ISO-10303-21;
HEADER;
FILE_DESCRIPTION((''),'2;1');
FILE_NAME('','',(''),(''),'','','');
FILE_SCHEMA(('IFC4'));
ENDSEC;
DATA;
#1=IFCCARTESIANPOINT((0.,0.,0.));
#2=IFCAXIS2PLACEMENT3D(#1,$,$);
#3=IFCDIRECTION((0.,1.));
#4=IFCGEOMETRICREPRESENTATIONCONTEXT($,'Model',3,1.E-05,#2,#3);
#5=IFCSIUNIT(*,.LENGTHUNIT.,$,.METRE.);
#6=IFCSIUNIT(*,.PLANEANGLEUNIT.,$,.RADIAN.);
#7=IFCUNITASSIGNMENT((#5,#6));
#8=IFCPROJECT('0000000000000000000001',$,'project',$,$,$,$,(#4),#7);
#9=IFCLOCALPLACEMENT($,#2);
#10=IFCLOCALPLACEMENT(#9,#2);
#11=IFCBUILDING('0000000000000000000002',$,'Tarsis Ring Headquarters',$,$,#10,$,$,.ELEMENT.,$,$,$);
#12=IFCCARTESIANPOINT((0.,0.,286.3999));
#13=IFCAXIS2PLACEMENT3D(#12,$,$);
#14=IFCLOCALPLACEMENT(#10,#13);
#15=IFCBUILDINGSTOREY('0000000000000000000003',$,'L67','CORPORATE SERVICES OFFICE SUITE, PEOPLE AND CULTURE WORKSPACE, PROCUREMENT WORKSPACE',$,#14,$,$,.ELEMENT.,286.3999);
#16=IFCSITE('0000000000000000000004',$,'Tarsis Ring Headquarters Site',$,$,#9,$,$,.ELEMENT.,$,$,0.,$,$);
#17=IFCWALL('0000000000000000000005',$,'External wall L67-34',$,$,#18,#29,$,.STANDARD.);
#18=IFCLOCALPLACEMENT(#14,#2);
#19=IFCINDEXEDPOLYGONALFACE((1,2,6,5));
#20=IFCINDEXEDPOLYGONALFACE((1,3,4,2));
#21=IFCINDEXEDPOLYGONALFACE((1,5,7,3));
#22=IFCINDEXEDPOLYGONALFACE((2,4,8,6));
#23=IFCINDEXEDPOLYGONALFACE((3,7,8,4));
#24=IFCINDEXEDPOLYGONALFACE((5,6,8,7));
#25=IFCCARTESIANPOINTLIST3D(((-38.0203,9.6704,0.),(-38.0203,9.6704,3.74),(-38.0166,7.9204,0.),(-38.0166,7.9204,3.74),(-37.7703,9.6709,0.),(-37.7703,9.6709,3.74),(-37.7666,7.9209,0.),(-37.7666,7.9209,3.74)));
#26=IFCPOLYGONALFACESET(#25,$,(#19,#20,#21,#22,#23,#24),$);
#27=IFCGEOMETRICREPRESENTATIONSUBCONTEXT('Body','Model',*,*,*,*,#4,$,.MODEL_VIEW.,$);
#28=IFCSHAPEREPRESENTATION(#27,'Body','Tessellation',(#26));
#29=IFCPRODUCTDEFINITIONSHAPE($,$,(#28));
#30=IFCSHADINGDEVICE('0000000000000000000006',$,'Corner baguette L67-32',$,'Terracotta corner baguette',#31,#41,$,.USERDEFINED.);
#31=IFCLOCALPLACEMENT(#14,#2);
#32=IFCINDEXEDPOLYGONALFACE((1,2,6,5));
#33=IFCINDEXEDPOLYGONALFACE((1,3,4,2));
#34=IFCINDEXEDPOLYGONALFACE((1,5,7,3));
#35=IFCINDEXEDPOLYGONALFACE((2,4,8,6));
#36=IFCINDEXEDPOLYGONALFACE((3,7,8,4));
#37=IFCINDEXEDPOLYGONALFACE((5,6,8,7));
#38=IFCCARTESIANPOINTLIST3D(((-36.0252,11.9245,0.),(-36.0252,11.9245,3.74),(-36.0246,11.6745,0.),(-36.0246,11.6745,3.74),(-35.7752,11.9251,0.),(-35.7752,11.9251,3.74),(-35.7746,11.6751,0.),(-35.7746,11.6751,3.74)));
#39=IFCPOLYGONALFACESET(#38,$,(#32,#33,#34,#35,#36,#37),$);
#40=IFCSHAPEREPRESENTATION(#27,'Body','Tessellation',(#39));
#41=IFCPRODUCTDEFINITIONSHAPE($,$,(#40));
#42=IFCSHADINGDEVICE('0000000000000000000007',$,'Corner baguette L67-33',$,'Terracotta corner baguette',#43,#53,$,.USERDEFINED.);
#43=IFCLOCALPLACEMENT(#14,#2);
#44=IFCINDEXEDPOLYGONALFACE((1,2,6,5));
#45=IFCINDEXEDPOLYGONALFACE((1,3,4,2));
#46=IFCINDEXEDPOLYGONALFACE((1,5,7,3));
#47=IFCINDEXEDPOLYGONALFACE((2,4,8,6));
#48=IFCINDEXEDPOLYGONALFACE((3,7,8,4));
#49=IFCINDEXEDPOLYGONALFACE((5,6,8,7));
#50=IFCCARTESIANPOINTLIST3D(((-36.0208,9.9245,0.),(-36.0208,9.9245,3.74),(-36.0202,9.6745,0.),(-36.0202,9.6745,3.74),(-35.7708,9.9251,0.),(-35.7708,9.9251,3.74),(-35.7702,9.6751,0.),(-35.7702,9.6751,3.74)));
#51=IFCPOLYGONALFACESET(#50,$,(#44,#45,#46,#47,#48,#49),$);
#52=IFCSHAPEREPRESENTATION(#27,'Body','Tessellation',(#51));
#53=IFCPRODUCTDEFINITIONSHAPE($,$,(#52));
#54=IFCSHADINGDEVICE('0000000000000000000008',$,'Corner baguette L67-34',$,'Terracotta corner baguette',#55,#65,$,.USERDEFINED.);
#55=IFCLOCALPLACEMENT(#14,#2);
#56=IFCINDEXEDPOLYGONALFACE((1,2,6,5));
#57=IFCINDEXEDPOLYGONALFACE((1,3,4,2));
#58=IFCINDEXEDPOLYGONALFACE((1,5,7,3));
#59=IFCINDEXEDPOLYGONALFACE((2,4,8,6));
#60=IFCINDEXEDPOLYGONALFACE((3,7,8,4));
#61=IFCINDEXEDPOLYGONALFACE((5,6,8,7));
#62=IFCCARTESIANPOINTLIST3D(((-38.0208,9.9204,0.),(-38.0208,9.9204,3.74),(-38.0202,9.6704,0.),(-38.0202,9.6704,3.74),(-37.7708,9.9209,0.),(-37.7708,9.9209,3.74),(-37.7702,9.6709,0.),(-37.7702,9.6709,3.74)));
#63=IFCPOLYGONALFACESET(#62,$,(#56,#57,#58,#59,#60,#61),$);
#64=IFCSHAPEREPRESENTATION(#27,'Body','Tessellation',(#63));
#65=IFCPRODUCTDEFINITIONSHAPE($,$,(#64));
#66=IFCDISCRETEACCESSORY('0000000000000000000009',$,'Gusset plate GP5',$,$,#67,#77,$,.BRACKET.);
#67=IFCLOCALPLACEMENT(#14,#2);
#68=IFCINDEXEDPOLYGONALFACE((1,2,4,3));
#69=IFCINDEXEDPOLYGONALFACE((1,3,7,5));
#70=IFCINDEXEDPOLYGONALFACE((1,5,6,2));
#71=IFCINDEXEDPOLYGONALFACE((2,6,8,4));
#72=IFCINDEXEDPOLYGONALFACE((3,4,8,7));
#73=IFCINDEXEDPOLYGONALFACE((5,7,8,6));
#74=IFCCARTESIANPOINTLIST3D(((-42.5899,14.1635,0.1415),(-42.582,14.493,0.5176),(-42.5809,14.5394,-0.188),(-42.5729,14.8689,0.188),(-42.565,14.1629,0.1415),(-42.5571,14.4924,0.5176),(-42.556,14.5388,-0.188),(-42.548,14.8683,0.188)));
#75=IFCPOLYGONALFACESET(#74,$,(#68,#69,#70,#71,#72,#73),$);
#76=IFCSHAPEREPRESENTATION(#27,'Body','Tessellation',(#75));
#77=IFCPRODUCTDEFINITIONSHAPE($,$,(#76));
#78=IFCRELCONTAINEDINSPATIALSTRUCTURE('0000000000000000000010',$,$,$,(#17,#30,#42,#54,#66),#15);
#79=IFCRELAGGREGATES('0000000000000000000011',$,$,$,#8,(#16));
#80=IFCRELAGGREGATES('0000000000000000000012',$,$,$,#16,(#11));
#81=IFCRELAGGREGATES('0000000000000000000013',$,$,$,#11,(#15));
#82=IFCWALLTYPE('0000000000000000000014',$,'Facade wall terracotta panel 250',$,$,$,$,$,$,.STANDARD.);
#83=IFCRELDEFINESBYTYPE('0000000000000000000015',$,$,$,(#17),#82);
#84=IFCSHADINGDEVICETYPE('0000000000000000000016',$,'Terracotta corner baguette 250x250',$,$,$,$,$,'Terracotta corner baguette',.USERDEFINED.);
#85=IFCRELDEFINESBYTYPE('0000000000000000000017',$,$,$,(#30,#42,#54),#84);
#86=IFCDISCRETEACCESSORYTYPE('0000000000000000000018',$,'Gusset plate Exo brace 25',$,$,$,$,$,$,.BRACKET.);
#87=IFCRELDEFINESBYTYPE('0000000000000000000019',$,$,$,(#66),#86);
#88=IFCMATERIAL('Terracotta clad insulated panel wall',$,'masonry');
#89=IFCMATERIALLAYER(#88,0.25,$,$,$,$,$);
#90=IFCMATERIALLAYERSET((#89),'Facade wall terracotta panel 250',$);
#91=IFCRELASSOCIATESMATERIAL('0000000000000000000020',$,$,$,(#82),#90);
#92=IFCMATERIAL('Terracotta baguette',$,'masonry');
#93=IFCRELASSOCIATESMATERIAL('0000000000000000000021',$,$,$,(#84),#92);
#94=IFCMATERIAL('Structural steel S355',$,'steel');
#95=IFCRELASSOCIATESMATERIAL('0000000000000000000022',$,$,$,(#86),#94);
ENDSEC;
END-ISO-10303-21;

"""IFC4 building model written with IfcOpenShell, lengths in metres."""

from ifc_helpers import new_model, si_unit, direction, frame, frame_2d, origin, origin_2d, place, context, subcontext, project, spatial, rectangle, extrude, material, layer, layer_set, material_profile, profile_set, type_object, element, save


model = new_model("IFC4")

# Units and contexts
model_context = context("Model", 3, precision=1e-05, world=origin(), true_north=direction((0.0, 1.0)))
body_context = subcontext(model_context, "Body", "Model", "MODEL_VIEW")
ifc_project = project(units=[si_unit("LENGTHUNIT", "METRE"), si_unit("PLANEANGLEUNIT", "RADIAN")], contexts=[model_context])

# Site, building, storey
site_placement = place(None, origin())
site = spatial("IfcSite", under=ifc_project, at=site_placement, Name="Tarsis Ring Headquarters Site", CompositionType="ELEMENT", RefElevation=0.0)
building_placement = place(site_placement, origin())
building = spatial("IfcBuilding", under=site, at=building_placement, Name="Tarsis Ring Headquarters", CompositionType="ELEMENT")
storey_placement = place(building_placement, frame((0.0, 0.0, 286.3999)))
storey = spatial("IfcBuildingStorey", under=building, at=storey_placement, Name="L67", Description="CORPORATE SERVICES OFFICE SUITE, PEOPLE AND CULTURE WORKSPACE, PROCUREMENT WORKSPACE", CompositionType="ELEMENT", Elevation=286.3999)

# Shared definitions
ifc_material_1 = material(Name="Structural steel S355", Category="steel")

# Wall
ifc_material_2 = material(Name="Terracotta clad insulated panel wall", Category="masonry")
ifc_layer_1 = layer(ifc_material_2, 0.25)
ifc_layer_set_1 = layer_set([ifc_layer_1], Name="Facade wall terracotta panel 250")
wall_type_1 = type_object("IfcWallType", Name="Facade wall terracotta panel 250", PredefinedType="STANDARD", material=ifc_layer_set_1)
for number, where, z_axis, x_axis, name in (
    (1, (-37.8953, 9.6707, 0.0), (0.0, 0.0, 1.0), (0.002093, -0.999998, 0.0), "External wall L67-34"),
):
    element("IfcWall", number, at=place(storey_placement, frame(where, z_axis=z_axis, x_axis=x_axis)), inside=storey, type_object=wall_type_1, Name=name, PredefinedType="STANDARD", context=body_context, shape_type="SweptSolid", body=[
        extrude(rectangle(XDim=1.75, YDim=0.25, at=frame_2d((0.875, 0.0))), origin(), (0.0, 0.0, 1.0), 3.74),
    ])

# Shading devices
ifc_material_3 = material(Name="Terracotta baguette", Category="masonry")
shading_device_type_1 = type_object("IfcShadingDeviceType", Name="Terracotta corner baguette 250x250", ElementType="Terracotta corner baguette", PredefinedType="USERDEFINED", material=ifc_material_3)
for number, where, z_axis, x_axis, name in (
    (2, (-35.8999, 11.7998, 0.0), (0.0, 0.0, 1.0), (-0.999998, -0.002094, 0.0), "Corner baguette L67-32"),
    (3, (-35.8955, 9.7998, 0.0), (0.0, 0.0, 1.0), (0.002094, -0.999998, 0.0), "Corner baguette L67-33"),
    (4, (-37.8955, 9.7957, 0.0), (0.0, 0.0, 1.0), (-0.999998, -0.002095, 0.0), "Corner baguette L67-34"),
):
    element("IfcShadingDevice", number, at=place(storey_placement, frame(where, z_axis=z_axis, x_axis=x_axis)), inside=storey, type_object=shading_device_type_1, Name=name, ObjectType="Terracotta corner baguette", PredefinedType="USERDEFINED", context=body_context, shape_type="SweptSolid", body=[
        extrude(rectangle(XDim=0.25, YDim=0.25, at=origin_2d()), origin(), (0.0, 0.0, 1.0), 3.74),
    ])

# Discrete accessory
ifc_material_profile_1 = material_profile(ifc_material_1, rectangle(XDim=0.0249, YDim=0.5, at=origin_2d()), Name="PL 25x500")
ifc_profile_set_1 = profile_set([ifc_material_profile_1], Name="Structural steel S355")
discrete_accessory_type = type_object("IfcDiscreteAccessoryType", Name="Gusset plate Exo brace 25", PredefinedType="BRACKET", material=ifc_profile_set_1)
discrete_accessory_placement = place(storey_placement, frame((-42.5645, 14.7039, 0.0), z_axis=(-0.018064, -0.751849, 0.659088), x_axis=(0.999712, -0.024019, 0.0)))
element("IfcDiscreteAccessory", 5, at=discrete_accessory_placement, inside=storey, type_object=discrete_accessory_type, Name="Gusset plate GP5", PredefinedType="BRACKET", context=body_context, shape_type="SweptSolid", body=[
    extrude(rectangle(XDim=0.0249, YDim=0.5, at=origin_2d()), origin(), (0.0, 0.0, 1.0), 0.5),
])

save(model, "model.ifc")
